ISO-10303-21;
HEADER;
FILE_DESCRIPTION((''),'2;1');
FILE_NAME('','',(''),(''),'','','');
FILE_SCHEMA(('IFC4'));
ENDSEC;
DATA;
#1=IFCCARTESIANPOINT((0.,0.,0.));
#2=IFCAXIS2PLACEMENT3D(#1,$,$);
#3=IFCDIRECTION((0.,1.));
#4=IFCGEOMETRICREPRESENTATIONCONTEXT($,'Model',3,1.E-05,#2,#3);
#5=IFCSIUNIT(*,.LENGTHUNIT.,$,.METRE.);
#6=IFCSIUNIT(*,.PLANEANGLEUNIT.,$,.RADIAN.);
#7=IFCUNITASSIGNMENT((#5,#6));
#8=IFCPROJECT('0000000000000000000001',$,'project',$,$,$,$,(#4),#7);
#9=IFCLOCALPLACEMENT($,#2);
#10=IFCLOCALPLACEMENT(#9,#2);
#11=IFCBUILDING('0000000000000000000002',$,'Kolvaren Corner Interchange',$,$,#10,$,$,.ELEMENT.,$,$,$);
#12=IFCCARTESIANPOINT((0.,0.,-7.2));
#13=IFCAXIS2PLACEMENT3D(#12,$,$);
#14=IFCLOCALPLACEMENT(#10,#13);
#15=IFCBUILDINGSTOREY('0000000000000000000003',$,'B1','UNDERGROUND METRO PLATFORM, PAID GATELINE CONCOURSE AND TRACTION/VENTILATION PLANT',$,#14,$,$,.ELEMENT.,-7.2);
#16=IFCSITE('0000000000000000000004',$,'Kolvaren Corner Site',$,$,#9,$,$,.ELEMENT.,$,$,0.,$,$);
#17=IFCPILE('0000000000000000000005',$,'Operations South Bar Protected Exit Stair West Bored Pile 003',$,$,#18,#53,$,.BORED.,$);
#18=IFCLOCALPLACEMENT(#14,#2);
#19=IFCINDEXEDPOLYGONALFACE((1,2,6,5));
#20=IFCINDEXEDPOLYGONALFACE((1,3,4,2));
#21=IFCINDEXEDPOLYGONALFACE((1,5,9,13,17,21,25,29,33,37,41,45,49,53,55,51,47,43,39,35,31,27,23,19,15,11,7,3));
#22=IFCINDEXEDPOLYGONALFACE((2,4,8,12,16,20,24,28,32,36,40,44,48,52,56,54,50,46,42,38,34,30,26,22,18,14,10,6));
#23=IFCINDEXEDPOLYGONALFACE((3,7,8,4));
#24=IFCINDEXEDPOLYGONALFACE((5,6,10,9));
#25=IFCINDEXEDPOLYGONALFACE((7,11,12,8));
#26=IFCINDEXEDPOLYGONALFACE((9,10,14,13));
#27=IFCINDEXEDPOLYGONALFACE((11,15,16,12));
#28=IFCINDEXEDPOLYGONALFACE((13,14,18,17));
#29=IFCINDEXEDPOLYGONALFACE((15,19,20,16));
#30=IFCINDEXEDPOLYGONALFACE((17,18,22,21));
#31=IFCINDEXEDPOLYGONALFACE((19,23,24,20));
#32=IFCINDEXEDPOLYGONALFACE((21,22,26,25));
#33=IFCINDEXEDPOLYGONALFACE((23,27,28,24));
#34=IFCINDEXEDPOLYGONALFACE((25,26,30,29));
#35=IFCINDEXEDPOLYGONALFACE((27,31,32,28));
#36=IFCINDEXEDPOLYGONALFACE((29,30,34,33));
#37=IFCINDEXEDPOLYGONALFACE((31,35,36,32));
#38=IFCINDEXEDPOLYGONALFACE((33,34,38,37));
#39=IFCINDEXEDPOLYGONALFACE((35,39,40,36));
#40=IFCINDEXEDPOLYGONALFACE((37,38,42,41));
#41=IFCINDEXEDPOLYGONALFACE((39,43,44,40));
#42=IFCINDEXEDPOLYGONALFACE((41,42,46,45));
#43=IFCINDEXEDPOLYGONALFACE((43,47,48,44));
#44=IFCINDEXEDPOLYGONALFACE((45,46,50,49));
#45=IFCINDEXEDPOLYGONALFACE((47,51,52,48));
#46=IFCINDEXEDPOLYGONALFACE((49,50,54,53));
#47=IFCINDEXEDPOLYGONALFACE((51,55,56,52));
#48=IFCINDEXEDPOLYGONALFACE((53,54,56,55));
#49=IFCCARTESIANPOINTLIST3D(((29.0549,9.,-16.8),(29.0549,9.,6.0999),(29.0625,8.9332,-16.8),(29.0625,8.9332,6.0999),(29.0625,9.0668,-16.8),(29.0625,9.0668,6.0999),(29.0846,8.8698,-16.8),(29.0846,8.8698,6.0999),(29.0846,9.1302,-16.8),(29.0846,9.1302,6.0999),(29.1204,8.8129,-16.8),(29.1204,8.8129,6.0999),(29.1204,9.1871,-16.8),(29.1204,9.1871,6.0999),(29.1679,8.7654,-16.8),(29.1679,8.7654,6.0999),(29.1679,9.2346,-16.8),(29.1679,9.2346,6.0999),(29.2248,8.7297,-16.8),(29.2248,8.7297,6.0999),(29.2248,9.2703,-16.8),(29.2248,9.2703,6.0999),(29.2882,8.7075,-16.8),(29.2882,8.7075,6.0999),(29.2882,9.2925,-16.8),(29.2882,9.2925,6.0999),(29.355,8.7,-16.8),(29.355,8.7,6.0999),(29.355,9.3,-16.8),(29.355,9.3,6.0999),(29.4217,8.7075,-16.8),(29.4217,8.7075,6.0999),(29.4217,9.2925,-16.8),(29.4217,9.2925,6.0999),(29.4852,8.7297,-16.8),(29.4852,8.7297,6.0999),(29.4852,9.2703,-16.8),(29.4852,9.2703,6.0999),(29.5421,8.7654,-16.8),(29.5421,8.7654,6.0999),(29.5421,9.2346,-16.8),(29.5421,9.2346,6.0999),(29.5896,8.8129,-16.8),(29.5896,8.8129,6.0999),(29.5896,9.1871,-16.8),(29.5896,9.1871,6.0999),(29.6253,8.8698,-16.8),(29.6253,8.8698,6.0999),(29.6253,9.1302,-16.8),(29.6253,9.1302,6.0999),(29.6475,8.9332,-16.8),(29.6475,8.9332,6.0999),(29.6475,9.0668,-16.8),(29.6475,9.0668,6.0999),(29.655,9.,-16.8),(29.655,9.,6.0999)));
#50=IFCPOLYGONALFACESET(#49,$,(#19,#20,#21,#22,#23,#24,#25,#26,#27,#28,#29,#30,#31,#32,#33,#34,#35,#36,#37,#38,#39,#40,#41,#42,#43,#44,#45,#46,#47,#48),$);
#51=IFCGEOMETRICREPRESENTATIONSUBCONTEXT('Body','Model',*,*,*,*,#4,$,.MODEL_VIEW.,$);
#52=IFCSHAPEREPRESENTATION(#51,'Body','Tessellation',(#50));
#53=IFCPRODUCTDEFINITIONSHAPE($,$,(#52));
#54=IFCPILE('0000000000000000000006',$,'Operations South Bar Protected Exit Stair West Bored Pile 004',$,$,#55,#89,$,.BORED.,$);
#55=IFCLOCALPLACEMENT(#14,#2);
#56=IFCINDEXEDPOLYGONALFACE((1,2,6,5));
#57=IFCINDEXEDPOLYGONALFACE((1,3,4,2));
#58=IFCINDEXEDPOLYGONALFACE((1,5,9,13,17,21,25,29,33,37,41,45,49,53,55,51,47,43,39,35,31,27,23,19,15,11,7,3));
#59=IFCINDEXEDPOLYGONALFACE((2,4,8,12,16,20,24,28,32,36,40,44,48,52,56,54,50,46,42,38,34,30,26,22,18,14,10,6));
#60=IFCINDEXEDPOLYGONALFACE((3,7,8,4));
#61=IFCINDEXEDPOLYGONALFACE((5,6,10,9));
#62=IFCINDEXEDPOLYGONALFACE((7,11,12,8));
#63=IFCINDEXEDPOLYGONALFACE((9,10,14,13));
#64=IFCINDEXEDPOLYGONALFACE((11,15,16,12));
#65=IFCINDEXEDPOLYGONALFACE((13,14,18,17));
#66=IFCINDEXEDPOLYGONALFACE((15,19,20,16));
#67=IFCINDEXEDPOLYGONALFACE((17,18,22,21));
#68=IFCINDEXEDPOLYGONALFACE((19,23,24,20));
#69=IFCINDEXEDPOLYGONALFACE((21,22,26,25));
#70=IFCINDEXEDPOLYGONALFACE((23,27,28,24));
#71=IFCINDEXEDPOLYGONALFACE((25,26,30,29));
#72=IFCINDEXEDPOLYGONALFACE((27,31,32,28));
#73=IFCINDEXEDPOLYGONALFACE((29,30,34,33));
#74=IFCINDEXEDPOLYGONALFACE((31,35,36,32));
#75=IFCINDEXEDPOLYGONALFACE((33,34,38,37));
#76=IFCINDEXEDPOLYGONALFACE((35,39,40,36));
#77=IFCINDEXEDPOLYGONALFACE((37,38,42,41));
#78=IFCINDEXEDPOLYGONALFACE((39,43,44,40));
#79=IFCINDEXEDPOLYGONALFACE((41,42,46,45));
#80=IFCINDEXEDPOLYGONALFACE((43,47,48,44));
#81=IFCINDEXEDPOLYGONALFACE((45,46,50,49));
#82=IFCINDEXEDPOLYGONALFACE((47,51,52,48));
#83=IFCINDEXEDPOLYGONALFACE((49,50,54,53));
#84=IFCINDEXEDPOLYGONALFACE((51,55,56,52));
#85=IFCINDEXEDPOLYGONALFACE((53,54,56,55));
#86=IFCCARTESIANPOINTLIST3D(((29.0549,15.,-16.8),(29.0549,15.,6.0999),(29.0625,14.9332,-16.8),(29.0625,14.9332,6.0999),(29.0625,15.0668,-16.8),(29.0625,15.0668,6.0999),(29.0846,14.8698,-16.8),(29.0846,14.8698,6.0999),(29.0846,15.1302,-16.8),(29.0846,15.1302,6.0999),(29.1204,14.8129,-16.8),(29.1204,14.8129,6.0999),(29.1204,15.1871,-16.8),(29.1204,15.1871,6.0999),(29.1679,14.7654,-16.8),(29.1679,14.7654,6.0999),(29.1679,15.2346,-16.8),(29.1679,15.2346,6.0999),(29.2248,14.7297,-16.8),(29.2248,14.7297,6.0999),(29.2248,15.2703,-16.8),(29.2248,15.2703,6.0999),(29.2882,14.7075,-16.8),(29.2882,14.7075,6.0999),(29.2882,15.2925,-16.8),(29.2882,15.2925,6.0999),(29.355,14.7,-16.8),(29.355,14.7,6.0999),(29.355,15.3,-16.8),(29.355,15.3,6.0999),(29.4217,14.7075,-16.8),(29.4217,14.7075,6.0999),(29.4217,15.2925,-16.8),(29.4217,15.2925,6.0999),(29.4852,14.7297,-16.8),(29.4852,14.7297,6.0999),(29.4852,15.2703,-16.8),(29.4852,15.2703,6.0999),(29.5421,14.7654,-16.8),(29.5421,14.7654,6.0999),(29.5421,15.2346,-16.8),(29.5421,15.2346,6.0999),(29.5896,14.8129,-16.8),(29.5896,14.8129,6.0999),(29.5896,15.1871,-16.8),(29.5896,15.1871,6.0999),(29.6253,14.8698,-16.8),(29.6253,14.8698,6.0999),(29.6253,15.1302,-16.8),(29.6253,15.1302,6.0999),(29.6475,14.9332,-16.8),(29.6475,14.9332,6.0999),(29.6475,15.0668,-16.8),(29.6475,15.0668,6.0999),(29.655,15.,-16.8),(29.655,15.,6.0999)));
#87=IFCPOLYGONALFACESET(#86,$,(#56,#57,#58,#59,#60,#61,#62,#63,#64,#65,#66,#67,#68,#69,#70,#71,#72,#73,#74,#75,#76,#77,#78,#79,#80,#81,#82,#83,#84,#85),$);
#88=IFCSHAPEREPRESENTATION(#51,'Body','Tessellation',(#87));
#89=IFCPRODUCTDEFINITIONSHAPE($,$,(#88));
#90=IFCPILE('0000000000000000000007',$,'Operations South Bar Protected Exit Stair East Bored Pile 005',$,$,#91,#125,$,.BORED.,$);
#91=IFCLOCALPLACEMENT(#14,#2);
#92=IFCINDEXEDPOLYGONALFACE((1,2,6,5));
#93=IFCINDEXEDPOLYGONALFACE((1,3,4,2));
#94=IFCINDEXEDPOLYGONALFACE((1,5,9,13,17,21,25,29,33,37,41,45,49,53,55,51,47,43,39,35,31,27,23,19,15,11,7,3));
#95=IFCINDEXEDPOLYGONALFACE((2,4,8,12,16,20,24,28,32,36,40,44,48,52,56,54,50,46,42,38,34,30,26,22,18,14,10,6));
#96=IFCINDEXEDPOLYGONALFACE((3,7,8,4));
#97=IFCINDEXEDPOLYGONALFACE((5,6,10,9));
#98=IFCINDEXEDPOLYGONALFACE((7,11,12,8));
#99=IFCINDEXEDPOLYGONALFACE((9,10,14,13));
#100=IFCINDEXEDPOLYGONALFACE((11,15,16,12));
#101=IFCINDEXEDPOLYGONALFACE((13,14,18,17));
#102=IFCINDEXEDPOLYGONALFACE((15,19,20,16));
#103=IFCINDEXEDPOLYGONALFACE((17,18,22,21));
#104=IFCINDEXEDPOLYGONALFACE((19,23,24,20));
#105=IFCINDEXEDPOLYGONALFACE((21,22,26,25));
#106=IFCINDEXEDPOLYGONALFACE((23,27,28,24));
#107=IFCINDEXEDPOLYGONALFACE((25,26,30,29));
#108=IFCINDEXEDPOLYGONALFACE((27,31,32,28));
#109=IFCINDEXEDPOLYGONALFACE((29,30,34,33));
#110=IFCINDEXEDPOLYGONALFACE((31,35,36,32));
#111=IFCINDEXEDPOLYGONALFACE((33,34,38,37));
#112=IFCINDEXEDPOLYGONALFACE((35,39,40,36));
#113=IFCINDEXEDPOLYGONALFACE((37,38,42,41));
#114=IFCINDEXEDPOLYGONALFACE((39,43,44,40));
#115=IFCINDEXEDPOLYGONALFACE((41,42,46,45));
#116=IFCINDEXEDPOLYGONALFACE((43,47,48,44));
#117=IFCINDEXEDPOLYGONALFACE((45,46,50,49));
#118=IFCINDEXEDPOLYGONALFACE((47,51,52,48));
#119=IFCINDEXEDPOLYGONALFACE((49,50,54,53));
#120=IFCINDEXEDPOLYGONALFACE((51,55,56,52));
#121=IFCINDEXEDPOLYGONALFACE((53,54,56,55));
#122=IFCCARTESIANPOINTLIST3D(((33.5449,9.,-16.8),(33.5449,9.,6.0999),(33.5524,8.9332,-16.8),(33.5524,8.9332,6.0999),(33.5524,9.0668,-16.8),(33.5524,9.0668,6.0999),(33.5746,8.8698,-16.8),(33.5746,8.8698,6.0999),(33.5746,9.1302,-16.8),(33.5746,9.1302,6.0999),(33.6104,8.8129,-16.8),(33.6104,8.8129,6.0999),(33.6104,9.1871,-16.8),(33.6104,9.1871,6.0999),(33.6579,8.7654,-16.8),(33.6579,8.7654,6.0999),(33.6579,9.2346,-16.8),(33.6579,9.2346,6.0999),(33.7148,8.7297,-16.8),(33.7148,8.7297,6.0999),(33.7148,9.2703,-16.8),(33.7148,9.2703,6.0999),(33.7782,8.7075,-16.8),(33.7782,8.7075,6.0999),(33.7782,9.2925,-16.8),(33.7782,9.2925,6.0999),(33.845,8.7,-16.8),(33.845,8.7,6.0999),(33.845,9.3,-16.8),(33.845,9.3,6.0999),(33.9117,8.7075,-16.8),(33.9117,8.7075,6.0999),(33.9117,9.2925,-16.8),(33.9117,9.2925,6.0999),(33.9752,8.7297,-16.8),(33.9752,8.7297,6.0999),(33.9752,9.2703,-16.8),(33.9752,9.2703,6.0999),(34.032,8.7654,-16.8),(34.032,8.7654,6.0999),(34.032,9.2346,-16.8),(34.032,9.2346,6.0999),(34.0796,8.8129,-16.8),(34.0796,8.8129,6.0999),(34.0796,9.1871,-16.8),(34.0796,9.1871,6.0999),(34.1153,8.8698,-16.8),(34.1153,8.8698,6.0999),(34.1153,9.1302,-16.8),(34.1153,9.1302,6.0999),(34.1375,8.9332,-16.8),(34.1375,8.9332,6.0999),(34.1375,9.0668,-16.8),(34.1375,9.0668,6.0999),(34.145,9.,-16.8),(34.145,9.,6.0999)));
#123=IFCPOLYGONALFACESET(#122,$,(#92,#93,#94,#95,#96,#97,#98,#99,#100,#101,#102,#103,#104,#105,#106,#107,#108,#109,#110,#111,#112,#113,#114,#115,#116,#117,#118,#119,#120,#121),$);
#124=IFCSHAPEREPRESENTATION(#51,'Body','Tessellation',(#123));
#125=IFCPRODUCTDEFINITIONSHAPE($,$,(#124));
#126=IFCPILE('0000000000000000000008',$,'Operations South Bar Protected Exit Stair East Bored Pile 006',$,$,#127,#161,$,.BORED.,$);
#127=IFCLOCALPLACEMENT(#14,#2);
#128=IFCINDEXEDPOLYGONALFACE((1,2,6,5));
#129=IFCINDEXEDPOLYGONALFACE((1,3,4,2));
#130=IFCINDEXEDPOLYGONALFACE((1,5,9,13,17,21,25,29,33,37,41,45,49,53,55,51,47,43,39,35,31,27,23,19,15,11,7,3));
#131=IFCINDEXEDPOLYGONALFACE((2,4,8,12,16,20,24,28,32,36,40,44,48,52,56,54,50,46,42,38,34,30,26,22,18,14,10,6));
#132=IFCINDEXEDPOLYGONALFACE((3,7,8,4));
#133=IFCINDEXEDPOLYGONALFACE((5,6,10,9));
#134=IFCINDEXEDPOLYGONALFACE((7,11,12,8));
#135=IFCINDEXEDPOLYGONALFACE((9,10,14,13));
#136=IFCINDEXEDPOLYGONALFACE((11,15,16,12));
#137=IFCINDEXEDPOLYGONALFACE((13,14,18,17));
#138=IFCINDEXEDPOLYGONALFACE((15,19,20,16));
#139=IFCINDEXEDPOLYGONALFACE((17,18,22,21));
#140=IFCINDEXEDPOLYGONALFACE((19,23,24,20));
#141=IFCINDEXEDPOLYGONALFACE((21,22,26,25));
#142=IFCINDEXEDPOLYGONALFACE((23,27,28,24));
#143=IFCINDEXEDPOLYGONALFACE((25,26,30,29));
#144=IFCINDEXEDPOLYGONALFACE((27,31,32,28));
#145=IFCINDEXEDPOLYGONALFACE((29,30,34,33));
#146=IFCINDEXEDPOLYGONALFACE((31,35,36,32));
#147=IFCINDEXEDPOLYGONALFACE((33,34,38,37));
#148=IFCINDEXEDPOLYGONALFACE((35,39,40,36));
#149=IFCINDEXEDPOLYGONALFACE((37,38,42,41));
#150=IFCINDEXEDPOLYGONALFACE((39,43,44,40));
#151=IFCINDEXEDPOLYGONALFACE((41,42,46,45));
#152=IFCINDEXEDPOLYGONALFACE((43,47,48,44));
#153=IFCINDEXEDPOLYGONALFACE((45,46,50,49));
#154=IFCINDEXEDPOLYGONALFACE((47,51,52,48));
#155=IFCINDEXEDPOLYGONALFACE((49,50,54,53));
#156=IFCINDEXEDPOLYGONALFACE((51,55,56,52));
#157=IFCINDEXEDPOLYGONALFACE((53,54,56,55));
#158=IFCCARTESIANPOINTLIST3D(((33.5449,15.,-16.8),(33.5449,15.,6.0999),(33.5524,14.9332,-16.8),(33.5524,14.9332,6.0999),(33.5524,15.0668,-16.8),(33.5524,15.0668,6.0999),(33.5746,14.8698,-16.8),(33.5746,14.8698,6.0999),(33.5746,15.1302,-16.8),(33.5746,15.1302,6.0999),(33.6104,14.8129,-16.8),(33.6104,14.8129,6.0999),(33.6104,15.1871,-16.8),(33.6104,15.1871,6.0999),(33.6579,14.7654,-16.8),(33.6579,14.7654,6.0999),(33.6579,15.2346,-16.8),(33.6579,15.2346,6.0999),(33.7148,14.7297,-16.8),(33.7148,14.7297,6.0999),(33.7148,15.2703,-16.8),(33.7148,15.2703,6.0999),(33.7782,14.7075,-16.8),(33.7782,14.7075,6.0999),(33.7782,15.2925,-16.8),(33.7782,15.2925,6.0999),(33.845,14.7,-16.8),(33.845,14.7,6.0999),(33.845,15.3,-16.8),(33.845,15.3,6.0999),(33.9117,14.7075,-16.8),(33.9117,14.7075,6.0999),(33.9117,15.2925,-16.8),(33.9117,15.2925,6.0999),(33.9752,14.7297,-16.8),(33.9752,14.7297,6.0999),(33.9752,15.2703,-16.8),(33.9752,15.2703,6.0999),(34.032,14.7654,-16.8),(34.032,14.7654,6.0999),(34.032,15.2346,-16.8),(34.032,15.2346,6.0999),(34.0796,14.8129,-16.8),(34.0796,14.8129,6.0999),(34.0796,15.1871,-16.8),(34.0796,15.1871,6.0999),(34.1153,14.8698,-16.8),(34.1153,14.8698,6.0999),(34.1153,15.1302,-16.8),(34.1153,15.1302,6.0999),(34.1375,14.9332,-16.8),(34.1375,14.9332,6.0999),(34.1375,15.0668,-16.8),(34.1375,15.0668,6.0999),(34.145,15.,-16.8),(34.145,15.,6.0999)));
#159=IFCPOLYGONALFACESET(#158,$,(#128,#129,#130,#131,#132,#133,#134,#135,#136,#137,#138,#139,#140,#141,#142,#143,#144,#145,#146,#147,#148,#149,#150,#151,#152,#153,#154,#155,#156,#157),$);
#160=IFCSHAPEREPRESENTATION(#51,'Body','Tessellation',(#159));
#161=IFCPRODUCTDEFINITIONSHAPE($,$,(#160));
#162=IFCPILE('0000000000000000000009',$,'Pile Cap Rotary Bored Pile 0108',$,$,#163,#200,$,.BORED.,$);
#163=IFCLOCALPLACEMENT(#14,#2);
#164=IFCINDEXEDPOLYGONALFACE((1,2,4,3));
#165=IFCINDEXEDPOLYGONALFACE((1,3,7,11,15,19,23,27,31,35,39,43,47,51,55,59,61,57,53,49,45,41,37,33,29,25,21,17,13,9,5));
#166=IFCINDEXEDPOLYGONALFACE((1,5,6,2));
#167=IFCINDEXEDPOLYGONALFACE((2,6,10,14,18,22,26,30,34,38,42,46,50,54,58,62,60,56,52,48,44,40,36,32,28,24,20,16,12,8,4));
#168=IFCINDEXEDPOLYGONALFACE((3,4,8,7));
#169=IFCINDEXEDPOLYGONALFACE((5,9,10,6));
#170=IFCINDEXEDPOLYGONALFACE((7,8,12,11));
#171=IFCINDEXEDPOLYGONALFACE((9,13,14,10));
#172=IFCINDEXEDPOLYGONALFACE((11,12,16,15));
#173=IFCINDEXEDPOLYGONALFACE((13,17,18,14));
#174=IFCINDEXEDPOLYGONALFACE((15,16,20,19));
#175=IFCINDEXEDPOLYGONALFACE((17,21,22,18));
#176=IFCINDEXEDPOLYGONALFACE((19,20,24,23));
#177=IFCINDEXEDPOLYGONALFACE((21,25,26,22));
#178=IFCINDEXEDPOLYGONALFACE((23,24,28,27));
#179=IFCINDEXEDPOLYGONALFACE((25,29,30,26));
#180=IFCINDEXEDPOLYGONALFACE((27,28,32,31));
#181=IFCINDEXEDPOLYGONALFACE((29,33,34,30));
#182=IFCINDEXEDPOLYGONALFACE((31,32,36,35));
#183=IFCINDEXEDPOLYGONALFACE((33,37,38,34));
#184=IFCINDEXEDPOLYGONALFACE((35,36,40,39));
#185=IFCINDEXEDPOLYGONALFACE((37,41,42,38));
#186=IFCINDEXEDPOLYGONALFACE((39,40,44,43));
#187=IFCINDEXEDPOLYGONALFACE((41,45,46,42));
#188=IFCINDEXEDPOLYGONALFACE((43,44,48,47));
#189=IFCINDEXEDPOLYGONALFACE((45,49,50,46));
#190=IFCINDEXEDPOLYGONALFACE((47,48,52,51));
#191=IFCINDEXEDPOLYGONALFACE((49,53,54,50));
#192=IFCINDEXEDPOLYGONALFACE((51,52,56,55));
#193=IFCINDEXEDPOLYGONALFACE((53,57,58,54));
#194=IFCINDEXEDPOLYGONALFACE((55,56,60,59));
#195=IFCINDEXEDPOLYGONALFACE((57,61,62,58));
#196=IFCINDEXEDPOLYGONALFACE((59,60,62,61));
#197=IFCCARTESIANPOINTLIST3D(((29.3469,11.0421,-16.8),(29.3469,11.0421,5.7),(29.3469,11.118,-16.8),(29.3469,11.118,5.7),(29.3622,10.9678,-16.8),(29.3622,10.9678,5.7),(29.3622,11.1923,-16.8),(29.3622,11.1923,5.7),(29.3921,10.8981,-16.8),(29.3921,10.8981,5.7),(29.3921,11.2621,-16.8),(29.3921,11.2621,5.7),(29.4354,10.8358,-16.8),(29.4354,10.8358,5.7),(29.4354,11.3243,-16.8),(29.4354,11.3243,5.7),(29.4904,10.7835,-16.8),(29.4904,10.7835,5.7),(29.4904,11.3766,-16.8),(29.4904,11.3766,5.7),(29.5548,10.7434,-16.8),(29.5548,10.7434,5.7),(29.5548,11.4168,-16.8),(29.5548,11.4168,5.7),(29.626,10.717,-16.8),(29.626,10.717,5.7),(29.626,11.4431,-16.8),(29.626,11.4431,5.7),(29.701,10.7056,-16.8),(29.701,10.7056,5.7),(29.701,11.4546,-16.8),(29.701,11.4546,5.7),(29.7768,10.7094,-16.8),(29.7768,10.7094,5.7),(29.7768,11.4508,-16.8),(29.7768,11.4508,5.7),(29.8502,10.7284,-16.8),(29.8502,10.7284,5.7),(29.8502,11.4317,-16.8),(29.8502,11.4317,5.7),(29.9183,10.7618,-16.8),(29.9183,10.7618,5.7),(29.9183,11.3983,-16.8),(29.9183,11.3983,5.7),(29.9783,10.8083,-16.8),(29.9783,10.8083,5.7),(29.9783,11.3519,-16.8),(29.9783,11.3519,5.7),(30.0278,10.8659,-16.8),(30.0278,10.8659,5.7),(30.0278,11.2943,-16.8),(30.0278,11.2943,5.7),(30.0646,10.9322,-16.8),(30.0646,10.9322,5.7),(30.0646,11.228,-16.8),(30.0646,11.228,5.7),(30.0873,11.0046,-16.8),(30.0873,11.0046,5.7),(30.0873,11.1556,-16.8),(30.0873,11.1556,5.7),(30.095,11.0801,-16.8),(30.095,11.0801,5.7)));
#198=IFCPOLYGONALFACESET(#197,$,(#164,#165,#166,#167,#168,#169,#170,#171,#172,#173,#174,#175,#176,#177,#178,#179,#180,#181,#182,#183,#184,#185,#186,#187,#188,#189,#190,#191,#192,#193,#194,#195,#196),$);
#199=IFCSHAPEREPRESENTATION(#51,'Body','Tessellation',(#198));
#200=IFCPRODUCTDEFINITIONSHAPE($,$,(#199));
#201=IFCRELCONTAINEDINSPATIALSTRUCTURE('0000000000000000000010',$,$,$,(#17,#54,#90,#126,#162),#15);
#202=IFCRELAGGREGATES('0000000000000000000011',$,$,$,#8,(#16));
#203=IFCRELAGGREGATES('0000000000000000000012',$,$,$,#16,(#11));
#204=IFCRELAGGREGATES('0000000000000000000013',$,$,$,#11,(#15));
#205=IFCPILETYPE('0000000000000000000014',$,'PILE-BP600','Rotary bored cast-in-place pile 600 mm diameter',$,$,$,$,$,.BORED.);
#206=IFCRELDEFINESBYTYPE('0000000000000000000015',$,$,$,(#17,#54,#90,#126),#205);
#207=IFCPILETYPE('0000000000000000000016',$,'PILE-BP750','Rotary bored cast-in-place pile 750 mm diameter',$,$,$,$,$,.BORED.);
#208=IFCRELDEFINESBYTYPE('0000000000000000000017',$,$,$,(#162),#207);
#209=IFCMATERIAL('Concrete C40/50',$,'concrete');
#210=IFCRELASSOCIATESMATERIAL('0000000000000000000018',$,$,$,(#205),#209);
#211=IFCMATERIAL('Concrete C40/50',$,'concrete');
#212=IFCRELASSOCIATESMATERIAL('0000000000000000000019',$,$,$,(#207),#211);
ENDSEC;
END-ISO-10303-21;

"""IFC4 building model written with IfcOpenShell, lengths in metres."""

from ifc_helpers import new_model, si_unit, direction, frame, origin, origin_2d, place, context, subcontext, project, spatial, circle, extrude, material, material_profile, profile_set, type_object, element, save


model = new_model("IFC4")

# Units and contexts
model_context = context("Model", 3, precision=1e-05, world=origin(), true_north=direction((0.0, 1.0)))
body_context = subcontext(model_context, "Body", "Model", "MODEL_VIEW")
ifc_project = project(units=[si_unit("LENGTHUNIT", "METRE"), si_unit("PLANEANGLEUNIT", "RADIAN")], contexts=[model_context])

# Site, building, storey
site_placement = place(None, origin())
site = spatial("IfcSite", under=ifc_project, at=site_placement, Name="Kolvaren Corner Site", CompositionType="ELEMENT", RefElevation=0.0)
building_placement = place(site_placement, origin())
building = spatial("IfcBuilding", under=site, at=building_placement, Name="Kolvaren Corner Interchange", CompositionType="ELEMENT")
storey_placement = place(building_placement, frame((0.0, 0.0, -7.2)))
storey = spatial("IfcBuildingStorey", under=building, at=storey_placement, Name="B1", Description="UNDERGROUND METRO PLATFORM, PAID GATELINE CONCOURSE AND TRACTION/VENTILATION PLANT", CompositionType="ELEMENT", Elevation=-7.2)

# Piles
ifc_material_1 = material(Name="Concrete C40/50", Category="concrete")
ifc_material_profile_1 = material_profile(ifc_material_1, circle(Radius=0.3, at=origin_2d()), Name="BORED PILE 600")
ifc_profile_set_1 = profile_set([ifc_material_profile_1], Name="Concrete C40/50")
pile_type_1 = type_object("IfcPileType", Name="PILE-BP600", Description="Rotary bored cast-in-place pile 600 mm diameter", PredefinedType="BORED", material=ifc_profile_set_1)
for number, where, z_axis, x_axis, name in (
    (1, (29.355, 9.0, 6.0999), (0.0, 0.0, -1.0), (1.0, 0.0, 0.0), "Operations South Bar Protected Exit Stair West Bored Pile 003"),
    (2, (29.355, 15.0, 6.0999), (0.0, 0.0, -1.0), (1.0, 0.0, 0.0), "Operations South Bar Protected Exit Stair West Bored Pile 004"),
    (3, (33.845, 9.0, 6.0999), (0.0, 0.0, -1.0), (1.0, 0.0, 0.0), "Operations South Bar Protected Exit Stair East Bored Pile 005"),
    (4, (33.845, 15.0, 6.0999), (0.0, 0.0, -1.0), (1.0, 0.0, 0.0), "Operations South Bar Protected Exit Stair East Bored Pile 006"),
):
    element("IfcPile", number, at=place(storey_placement, frame(where, z_axis=z_axis, x_axis=x_axis)), inside=storey, type_object=pile_type_1, Name=name, PredefinedType="BORED", context=body_context, shape_type="SweptSolid", body=[
        extrude(circle(Radius=0.3, at=origin_2d()), origin(), (0.0, 0.0, 1.0), 22.8999),
    ])
ifc_material_2 = material(Name="Concrete C40/50", Category="concrete")
ifc_material_profile_2 = material_profile(ifc_material_2, circle(Radius=0.375, at=origin_2d()), Name="BORED PILE 750")
ifc_profile_set_2 = profile_set([ifc_material_profile_2], Name="Concrete C40/50")
pile_type_2 = type_object("IfcPileType", Name="PILE-BP750", Description="Rotary bored cast-in-place pile 750 mm diameter", PredefinedType="BORED", material=ifc_profile_set_2)
for number, where, z_axis, x_axis, name in (
    (5, (29.72, 11.0801, 5.7), (0.0, 0.0, -1.0), (1.0, 0.0, 0.0), "Pile Cap Rotary Bored Pile 0108"),
):
    element("IfcPile", number, at=place(storey_placement, frame(where, z_axis=z_axis, x_axis=x_axis)), inside=storey, type_object=pile_type_2, Name=name, PredefinedType="BORED", context=body_context, shape_type="SweptSolid", body=[
        extrude(circle(Radius=0.375, at=origin_2d()), origin(), (0.0, 0.0, 1.0), 22.5),
    ])

save(model, "model.ifc")
